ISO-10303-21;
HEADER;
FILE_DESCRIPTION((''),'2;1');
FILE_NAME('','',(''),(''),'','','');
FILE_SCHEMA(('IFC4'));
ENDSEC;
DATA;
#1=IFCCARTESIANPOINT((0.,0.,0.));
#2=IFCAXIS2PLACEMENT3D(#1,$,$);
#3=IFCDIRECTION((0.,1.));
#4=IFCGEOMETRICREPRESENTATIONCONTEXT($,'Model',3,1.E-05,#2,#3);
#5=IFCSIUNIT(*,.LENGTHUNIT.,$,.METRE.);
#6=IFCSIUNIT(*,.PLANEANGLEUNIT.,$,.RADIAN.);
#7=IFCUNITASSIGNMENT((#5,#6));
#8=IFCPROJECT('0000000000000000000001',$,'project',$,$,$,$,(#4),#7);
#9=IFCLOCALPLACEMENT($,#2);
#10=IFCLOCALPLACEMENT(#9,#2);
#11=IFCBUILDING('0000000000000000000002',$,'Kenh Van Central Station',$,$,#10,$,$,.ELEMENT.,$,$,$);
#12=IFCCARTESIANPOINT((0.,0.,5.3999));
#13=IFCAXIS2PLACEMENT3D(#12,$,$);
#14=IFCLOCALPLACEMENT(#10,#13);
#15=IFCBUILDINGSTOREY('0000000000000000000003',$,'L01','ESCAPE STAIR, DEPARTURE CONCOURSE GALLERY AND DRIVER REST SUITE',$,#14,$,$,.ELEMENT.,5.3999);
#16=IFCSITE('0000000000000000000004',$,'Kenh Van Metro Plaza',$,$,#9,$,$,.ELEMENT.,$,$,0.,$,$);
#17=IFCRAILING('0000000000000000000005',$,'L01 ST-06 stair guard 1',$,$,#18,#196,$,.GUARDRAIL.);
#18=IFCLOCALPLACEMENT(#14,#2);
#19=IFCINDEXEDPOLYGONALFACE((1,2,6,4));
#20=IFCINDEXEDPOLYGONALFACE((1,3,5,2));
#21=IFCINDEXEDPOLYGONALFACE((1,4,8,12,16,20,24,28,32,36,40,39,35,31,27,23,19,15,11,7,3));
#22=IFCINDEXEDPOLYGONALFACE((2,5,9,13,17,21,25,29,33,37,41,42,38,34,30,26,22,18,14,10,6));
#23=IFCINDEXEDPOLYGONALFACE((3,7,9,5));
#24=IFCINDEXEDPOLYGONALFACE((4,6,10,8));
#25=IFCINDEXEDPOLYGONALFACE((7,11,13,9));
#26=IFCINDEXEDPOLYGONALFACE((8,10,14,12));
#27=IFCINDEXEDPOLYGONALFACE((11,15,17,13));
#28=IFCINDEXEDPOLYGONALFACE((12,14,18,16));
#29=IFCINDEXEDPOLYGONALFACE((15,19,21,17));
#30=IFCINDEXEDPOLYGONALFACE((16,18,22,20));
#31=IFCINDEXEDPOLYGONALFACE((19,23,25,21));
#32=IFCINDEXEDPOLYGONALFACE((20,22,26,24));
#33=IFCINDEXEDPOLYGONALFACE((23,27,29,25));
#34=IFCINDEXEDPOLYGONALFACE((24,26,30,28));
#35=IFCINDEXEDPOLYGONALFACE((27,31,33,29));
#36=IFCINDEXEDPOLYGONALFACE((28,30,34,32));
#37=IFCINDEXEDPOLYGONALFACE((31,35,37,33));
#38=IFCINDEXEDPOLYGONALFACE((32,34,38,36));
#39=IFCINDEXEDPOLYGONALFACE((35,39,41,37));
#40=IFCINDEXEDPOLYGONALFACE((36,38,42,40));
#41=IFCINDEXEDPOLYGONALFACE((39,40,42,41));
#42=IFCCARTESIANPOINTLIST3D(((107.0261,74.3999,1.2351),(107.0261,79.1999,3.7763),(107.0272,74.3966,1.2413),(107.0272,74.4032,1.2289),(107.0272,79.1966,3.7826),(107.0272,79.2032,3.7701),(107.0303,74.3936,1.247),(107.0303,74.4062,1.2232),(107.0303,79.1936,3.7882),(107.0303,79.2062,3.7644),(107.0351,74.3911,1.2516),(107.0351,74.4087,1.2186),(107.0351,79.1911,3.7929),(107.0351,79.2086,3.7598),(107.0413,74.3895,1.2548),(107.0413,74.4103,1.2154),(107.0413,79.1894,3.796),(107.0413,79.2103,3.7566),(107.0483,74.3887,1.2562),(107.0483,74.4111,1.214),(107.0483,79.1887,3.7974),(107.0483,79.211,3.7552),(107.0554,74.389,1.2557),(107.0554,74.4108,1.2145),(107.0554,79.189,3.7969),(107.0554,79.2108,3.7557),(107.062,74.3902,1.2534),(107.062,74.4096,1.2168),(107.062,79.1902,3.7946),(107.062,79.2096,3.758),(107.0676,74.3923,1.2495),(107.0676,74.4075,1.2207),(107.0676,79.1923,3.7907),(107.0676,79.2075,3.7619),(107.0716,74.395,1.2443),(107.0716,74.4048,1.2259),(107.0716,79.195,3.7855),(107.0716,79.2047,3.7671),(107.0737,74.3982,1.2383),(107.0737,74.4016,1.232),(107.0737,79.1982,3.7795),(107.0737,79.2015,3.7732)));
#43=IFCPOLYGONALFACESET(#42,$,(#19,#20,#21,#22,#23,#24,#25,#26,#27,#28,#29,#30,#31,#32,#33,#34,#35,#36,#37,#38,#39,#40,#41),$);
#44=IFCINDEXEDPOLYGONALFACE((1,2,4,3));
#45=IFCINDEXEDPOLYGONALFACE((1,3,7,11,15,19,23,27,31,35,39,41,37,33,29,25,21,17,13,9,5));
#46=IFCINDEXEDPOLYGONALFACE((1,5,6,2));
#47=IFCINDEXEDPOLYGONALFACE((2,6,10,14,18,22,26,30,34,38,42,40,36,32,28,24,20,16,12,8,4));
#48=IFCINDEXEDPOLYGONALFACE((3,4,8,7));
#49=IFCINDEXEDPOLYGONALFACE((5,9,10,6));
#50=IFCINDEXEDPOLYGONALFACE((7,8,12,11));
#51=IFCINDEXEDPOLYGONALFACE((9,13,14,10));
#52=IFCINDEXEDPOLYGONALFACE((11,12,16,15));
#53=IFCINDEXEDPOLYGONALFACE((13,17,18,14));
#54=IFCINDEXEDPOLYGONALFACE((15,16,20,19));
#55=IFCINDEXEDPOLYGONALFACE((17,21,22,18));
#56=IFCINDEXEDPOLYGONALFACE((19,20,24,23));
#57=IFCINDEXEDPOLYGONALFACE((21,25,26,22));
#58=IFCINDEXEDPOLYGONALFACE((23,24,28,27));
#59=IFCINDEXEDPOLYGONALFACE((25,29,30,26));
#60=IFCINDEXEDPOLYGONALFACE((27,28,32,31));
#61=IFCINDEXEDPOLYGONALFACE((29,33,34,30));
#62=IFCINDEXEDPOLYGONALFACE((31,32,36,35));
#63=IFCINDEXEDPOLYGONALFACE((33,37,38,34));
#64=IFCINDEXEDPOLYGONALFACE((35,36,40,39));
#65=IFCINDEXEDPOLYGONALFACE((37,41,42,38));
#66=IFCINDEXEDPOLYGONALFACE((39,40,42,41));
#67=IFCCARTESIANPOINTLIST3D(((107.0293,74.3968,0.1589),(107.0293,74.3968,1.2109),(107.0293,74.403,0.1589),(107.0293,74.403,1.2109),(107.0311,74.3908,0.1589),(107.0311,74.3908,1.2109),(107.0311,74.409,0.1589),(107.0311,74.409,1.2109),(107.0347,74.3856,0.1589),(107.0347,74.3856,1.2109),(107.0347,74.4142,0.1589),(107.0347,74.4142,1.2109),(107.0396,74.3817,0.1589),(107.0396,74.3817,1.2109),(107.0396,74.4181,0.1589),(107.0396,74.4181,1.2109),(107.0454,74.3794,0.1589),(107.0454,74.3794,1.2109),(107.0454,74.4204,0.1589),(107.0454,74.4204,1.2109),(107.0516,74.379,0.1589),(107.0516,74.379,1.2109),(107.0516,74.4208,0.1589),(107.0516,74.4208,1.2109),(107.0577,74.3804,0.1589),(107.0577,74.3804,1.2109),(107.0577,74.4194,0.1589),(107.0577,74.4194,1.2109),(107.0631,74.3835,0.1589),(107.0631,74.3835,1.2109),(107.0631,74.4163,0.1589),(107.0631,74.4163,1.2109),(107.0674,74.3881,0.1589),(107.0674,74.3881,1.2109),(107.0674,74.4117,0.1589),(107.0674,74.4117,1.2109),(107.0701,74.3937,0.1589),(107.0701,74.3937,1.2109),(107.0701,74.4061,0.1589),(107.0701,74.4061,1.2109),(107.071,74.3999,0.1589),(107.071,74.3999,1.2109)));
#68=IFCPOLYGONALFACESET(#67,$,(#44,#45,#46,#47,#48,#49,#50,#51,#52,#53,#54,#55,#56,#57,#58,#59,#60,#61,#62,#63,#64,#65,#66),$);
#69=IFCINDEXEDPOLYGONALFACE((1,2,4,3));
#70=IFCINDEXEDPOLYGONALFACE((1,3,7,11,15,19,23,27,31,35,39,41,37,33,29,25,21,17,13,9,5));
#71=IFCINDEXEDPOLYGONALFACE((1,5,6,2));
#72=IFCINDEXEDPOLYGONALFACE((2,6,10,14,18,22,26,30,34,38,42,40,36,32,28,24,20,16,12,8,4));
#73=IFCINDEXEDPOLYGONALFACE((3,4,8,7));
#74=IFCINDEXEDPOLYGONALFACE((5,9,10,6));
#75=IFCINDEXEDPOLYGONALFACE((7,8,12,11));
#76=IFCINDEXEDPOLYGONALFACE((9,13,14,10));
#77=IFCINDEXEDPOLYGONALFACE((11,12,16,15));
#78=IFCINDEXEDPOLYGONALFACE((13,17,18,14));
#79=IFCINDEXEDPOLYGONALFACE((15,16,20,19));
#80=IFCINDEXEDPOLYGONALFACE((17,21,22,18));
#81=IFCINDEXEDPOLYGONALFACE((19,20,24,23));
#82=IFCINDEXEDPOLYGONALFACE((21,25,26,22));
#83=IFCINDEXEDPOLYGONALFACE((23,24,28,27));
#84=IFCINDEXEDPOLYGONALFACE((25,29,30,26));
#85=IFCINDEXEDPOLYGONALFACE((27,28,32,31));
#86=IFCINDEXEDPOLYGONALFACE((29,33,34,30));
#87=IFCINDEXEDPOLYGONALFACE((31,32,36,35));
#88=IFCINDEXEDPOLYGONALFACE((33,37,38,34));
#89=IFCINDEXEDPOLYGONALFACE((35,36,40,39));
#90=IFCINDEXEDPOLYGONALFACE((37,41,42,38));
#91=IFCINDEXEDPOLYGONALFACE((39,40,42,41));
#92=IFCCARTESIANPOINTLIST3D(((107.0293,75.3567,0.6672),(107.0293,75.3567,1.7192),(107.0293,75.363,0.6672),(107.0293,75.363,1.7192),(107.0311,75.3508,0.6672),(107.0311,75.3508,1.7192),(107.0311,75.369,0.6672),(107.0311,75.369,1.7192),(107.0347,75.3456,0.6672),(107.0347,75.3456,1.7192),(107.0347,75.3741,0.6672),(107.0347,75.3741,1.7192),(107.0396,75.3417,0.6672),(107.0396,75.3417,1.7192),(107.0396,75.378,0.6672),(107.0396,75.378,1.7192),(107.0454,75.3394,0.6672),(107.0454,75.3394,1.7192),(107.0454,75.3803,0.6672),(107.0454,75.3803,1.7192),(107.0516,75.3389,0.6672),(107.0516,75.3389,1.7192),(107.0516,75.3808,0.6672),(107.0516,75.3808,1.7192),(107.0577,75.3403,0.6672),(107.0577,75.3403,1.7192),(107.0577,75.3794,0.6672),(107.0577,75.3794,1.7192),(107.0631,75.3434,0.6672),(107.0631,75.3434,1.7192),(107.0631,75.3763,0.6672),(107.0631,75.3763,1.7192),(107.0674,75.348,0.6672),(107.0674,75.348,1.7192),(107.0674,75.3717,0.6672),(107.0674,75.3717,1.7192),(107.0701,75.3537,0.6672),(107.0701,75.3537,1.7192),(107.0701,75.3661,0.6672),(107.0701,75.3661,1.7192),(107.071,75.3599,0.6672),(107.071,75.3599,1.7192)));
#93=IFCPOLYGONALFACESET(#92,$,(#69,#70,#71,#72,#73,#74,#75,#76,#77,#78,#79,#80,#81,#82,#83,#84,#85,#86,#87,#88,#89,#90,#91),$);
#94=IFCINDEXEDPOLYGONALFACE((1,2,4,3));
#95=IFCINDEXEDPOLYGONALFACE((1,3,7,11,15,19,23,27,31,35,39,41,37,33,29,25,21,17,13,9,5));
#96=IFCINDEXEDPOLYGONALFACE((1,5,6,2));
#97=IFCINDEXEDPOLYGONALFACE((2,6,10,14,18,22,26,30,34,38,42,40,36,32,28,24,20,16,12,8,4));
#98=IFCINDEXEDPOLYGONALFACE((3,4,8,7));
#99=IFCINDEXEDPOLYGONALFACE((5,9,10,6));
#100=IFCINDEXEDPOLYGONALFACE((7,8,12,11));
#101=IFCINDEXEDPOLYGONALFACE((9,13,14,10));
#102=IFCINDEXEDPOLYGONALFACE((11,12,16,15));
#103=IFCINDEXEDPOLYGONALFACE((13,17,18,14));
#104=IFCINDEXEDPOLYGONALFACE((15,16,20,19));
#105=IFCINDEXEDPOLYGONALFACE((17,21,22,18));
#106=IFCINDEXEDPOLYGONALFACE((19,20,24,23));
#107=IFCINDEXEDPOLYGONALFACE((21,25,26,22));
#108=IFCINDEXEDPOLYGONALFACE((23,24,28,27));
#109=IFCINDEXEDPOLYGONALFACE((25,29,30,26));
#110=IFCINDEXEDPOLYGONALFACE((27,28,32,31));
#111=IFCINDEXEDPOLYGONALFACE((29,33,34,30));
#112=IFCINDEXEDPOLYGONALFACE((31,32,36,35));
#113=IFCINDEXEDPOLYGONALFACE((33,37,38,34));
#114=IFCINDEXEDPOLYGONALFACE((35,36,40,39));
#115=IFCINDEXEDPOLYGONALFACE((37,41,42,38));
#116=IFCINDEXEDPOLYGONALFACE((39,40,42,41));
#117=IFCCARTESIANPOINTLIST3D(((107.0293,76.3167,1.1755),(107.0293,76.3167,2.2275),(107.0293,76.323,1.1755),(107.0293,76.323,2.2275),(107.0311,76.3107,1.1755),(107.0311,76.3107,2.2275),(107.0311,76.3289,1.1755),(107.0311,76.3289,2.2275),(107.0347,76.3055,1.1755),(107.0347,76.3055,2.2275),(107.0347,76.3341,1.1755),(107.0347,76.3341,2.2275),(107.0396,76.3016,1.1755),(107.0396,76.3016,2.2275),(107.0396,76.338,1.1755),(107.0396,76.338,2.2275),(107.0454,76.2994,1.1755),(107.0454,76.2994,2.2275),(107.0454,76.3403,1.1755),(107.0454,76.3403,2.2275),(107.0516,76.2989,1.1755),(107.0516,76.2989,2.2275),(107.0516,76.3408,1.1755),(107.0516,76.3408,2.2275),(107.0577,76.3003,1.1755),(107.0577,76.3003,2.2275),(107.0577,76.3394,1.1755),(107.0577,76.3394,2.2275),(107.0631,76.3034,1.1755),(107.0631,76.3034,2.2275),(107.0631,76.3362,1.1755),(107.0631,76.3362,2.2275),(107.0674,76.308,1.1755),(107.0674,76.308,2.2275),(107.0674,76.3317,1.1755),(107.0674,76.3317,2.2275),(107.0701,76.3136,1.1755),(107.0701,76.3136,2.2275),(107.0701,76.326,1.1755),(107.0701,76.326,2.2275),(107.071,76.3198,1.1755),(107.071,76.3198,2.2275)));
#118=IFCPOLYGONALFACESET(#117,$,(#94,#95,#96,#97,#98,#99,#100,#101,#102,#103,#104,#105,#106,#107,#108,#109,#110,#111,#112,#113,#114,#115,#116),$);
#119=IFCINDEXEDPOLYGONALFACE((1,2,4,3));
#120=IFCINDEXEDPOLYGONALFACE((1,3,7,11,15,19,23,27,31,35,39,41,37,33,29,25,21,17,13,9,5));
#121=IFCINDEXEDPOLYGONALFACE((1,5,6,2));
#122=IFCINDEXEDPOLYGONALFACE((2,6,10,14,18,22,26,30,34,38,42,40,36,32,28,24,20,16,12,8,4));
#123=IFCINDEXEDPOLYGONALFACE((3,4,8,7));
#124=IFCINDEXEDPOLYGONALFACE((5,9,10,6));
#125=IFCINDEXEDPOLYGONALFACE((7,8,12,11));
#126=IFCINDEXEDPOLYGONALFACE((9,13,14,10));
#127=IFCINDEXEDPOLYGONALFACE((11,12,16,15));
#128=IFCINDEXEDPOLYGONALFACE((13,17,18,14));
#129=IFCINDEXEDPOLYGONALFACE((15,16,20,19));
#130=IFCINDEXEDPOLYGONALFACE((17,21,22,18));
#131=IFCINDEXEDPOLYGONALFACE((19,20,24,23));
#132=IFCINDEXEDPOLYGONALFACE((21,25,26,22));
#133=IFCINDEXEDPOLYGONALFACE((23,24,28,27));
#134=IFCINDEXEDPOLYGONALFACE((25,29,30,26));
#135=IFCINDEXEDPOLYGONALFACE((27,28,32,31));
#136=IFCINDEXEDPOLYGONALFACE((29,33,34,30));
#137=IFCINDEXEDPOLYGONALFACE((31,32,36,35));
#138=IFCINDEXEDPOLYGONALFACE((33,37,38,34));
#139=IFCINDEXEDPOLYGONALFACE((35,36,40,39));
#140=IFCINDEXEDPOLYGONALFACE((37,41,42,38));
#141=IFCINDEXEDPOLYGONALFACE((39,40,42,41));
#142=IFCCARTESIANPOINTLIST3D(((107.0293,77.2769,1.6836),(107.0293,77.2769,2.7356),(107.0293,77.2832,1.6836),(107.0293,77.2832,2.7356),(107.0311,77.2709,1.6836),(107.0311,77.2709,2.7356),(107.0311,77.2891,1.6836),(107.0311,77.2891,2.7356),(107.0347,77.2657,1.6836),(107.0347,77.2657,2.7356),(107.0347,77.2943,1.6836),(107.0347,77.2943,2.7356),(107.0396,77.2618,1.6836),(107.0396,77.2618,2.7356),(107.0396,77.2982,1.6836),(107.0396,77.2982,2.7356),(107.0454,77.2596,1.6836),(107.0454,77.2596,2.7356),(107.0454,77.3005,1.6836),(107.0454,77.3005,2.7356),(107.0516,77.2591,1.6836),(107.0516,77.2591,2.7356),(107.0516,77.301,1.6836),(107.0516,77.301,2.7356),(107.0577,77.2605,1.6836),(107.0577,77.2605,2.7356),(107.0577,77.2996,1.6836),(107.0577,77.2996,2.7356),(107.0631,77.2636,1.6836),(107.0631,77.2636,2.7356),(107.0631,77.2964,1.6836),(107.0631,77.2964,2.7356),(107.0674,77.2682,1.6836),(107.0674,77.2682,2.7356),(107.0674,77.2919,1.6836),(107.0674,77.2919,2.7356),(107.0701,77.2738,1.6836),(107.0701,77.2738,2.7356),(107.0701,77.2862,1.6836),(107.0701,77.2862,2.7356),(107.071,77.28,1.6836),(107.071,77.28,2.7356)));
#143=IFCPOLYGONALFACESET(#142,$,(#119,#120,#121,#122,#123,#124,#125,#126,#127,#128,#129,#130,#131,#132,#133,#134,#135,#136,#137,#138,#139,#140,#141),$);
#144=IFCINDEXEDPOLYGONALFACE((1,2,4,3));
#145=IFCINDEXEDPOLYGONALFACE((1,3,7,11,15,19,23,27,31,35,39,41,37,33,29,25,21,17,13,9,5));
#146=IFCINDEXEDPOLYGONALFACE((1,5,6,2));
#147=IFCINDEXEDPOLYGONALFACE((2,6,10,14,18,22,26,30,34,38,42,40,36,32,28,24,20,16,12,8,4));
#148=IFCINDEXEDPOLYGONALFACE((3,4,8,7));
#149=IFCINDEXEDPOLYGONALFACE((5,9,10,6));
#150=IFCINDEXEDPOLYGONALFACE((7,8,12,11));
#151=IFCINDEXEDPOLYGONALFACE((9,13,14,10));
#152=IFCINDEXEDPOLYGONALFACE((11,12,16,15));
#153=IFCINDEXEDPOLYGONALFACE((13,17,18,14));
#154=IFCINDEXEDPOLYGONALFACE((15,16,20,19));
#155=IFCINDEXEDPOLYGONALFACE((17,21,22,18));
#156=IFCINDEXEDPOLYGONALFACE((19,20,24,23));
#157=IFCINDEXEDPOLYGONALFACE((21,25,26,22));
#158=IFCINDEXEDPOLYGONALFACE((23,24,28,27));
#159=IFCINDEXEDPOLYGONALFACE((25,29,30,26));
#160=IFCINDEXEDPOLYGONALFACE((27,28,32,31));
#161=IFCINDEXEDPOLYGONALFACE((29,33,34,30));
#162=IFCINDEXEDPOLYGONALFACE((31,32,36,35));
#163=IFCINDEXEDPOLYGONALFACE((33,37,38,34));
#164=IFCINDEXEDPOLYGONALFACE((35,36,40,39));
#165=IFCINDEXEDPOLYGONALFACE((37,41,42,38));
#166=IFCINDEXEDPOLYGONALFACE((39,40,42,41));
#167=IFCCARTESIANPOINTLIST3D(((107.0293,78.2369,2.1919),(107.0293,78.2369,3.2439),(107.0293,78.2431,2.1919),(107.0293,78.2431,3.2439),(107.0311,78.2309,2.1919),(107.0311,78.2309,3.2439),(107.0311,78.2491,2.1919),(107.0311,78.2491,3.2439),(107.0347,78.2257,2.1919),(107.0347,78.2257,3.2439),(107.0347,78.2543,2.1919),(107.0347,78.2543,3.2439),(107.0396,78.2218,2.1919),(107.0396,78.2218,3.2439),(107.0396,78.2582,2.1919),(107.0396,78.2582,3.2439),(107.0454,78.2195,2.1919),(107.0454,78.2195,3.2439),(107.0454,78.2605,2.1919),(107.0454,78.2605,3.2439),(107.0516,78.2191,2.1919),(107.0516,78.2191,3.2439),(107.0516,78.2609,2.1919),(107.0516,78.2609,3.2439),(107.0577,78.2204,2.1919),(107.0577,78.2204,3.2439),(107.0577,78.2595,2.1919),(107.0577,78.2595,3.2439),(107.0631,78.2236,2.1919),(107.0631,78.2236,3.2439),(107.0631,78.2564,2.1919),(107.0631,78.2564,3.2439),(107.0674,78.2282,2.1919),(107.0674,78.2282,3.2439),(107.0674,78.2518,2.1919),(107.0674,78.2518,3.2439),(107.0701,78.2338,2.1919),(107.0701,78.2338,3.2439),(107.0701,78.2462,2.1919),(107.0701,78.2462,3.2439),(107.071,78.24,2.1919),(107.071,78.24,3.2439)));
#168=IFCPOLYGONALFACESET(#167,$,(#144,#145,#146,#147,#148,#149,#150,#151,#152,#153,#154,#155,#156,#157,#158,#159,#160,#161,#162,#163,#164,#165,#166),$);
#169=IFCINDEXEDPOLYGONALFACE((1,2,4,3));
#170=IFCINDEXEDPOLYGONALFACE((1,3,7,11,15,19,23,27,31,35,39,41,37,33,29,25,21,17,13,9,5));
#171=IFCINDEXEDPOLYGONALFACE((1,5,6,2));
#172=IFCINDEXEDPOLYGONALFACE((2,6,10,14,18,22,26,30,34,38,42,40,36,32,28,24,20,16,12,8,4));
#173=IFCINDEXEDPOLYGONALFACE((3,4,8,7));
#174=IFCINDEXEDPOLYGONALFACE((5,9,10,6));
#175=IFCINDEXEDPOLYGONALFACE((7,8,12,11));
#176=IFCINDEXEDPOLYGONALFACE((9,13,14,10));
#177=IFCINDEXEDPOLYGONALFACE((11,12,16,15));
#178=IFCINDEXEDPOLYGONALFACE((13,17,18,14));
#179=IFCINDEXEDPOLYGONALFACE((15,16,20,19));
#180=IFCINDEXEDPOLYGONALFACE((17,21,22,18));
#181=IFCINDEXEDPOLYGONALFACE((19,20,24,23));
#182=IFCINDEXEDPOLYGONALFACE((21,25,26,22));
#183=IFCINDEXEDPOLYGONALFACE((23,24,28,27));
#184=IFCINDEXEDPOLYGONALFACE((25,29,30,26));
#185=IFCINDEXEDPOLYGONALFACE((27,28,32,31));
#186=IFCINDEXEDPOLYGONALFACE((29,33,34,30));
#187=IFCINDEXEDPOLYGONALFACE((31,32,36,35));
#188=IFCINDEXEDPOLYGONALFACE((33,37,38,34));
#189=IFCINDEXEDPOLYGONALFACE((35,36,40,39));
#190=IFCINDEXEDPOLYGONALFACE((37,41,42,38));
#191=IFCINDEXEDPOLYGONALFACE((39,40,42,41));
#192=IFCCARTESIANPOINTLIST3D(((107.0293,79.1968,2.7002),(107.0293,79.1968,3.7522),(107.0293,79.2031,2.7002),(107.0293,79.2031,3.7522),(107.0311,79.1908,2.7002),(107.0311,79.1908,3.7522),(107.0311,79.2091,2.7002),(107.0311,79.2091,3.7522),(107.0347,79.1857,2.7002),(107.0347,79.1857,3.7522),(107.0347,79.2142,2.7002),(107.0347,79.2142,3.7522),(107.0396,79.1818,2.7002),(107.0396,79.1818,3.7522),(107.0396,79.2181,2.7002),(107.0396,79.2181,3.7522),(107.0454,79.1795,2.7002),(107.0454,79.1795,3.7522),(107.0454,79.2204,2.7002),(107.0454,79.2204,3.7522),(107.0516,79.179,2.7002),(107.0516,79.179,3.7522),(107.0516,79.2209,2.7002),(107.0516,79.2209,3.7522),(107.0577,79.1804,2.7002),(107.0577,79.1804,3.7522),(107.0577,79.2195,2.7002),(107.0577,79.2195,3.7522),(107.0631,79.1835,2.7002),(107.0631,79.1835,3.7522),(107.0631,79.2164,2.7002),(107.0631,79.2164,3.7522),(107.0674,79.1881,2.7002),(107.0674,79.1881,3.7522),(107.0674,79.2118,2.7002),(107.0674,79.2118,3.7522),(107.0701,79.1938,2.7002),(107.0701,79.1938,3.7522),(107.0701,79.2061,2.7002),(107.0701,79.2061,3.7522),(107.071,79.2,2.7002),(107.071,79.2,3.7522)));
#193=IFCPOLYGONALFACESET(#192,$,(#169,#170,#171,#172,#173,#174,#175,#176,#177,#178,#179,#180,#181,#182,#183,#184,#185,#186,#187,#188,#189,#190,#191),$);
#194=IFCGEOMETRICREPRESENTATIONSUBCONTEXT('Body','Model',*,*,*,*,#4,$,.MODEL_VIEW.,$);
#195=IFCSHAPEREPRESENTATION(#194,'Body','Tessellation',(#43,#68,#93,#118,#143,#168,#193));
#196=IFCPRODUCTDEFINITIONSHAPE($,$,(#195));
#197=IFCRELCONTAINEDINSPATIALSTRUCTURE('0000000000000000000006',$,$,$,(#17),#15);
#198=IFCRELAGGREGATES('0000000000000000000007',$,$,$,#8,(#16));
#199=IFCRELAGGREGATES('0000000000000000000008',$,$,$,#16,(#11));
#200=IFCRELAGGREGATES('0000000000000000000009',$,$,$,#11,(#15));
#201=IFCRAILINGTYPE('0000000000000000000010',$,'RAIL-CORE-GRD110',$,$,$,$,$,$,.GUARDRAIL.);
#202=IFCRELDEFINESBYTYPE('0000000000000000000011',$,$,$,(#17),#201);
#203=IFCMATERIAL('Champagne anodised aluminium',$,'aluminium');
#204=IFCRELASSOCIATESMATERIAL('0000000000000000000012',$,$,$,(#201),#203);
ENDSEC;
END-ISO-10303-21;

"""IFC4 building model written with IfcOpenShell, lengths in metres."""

from ifc_helpers import new_model, si_unit, direction, frame, origin, origin_2d, place, context, subcontext, project, spatial, circle, extrude, material, type_object, element, save


model = new_model("IFC4")

# Units and contexts
model_context = context("Model", 3, precision=1e-05, world=origin(), true_north=direction((0.0, 1.0)))
body_context = subcontext(model_context, "Body", "Model", "MODEL_VIEW")
ifc_project = project(units=[si_unit("LENGTHUNIT", "METRE"), si_unit("PLANEANGLEUNIT", "RADIAN")], contexts=[model_context])

# Site, building, storey
site_placement = place(None, origin())
site = spatial("IfcSite", under=ifc_project, at=site_placement, Name="Kenh Van Metro Plaza", CompositionType="ELEMENT", RefElevation=0.0)
building_placement = place(site_placement, origin())
building = spatial("IfcBuilding", under=site, at=building_placement, Name="Kenh Van Central Station", CompositionType="ELEMENT")
storey_placement = place(building_placement, frame((0.0, 0.0, 5.3999)))
storey = spatial("IfcBuildingStorey", under=building, at=storey_placement, Name="L01", Description="ESCAPE STAIR, DEPARTURE CONCOURSE GALLERY AND DRIVER REST SUITE", CompositionType="ELEMENT", Elevation=5.3999)

# Shared definitions
ifc_material_1 = material(Name="Champagne anodised aluminium", Category="aluminium")

# Railing
railing_type_1 = type_object("IfcRailingType", Name="RAIL-CORE-GRD110", PredefinedType="GUARDRAIL", material=ifc_material_1)
railing_1_placement = place(storey_placement, frame((107.05, 74.3999, 0.1589)))
element("IfcRailing", 1, at=railing_1_placement, inside=storey, type_object=railing_type_1, Name="L01 ST-06 stair guard 1", PredefinedType="GUARDRAIL", context=body_context, shape_type="SweptSolid", body=[
    extrude(circle(Radius=0.0239, at=origin_2d()), frame((0.0, 0.0, 1.0762), z_axis=(0.0, 0.883784, 0.467896), x_axis=(-1.0, 0.0, 0.0)), (0.0, 0.0, 1.0), 5.4312),
    extrude(circle(Radius=0.021, at=origin_2d()), origin(), (0.0, 0.0, 1.0), 1.052),
    extrude(circle(Radius=0.021, at=origin_2d()), frame((0.0, 0.96, 0.5083)), (0.0, 0.0, 1.0), 1.052),
    extrude(circle(Radius=0.021, at=origin_2d()), frame((0.0, 1.9199, 1.0166)), (0.0, 0.0, 1.0), 1.052),
    extrude(circle(Radius=0.021, at=origin_2d()), frame((0.0, 2.8801, 1.5247)), (0.0, 0.0, 1.0), 1.052),
    extrude(circle(Radius=0.021, at=origin_2d()), frame((0.0, 3.8401, 2.033)), (0.0, 0.0, 1.0), 1.052),
    extrude(circle(Radius=0.021, at=origin_2d()), frame((0.0, 4.8, 2.5413)), (0.0, 0.0, 1.0), 1.052),
])

save(model, "model.ifc")
